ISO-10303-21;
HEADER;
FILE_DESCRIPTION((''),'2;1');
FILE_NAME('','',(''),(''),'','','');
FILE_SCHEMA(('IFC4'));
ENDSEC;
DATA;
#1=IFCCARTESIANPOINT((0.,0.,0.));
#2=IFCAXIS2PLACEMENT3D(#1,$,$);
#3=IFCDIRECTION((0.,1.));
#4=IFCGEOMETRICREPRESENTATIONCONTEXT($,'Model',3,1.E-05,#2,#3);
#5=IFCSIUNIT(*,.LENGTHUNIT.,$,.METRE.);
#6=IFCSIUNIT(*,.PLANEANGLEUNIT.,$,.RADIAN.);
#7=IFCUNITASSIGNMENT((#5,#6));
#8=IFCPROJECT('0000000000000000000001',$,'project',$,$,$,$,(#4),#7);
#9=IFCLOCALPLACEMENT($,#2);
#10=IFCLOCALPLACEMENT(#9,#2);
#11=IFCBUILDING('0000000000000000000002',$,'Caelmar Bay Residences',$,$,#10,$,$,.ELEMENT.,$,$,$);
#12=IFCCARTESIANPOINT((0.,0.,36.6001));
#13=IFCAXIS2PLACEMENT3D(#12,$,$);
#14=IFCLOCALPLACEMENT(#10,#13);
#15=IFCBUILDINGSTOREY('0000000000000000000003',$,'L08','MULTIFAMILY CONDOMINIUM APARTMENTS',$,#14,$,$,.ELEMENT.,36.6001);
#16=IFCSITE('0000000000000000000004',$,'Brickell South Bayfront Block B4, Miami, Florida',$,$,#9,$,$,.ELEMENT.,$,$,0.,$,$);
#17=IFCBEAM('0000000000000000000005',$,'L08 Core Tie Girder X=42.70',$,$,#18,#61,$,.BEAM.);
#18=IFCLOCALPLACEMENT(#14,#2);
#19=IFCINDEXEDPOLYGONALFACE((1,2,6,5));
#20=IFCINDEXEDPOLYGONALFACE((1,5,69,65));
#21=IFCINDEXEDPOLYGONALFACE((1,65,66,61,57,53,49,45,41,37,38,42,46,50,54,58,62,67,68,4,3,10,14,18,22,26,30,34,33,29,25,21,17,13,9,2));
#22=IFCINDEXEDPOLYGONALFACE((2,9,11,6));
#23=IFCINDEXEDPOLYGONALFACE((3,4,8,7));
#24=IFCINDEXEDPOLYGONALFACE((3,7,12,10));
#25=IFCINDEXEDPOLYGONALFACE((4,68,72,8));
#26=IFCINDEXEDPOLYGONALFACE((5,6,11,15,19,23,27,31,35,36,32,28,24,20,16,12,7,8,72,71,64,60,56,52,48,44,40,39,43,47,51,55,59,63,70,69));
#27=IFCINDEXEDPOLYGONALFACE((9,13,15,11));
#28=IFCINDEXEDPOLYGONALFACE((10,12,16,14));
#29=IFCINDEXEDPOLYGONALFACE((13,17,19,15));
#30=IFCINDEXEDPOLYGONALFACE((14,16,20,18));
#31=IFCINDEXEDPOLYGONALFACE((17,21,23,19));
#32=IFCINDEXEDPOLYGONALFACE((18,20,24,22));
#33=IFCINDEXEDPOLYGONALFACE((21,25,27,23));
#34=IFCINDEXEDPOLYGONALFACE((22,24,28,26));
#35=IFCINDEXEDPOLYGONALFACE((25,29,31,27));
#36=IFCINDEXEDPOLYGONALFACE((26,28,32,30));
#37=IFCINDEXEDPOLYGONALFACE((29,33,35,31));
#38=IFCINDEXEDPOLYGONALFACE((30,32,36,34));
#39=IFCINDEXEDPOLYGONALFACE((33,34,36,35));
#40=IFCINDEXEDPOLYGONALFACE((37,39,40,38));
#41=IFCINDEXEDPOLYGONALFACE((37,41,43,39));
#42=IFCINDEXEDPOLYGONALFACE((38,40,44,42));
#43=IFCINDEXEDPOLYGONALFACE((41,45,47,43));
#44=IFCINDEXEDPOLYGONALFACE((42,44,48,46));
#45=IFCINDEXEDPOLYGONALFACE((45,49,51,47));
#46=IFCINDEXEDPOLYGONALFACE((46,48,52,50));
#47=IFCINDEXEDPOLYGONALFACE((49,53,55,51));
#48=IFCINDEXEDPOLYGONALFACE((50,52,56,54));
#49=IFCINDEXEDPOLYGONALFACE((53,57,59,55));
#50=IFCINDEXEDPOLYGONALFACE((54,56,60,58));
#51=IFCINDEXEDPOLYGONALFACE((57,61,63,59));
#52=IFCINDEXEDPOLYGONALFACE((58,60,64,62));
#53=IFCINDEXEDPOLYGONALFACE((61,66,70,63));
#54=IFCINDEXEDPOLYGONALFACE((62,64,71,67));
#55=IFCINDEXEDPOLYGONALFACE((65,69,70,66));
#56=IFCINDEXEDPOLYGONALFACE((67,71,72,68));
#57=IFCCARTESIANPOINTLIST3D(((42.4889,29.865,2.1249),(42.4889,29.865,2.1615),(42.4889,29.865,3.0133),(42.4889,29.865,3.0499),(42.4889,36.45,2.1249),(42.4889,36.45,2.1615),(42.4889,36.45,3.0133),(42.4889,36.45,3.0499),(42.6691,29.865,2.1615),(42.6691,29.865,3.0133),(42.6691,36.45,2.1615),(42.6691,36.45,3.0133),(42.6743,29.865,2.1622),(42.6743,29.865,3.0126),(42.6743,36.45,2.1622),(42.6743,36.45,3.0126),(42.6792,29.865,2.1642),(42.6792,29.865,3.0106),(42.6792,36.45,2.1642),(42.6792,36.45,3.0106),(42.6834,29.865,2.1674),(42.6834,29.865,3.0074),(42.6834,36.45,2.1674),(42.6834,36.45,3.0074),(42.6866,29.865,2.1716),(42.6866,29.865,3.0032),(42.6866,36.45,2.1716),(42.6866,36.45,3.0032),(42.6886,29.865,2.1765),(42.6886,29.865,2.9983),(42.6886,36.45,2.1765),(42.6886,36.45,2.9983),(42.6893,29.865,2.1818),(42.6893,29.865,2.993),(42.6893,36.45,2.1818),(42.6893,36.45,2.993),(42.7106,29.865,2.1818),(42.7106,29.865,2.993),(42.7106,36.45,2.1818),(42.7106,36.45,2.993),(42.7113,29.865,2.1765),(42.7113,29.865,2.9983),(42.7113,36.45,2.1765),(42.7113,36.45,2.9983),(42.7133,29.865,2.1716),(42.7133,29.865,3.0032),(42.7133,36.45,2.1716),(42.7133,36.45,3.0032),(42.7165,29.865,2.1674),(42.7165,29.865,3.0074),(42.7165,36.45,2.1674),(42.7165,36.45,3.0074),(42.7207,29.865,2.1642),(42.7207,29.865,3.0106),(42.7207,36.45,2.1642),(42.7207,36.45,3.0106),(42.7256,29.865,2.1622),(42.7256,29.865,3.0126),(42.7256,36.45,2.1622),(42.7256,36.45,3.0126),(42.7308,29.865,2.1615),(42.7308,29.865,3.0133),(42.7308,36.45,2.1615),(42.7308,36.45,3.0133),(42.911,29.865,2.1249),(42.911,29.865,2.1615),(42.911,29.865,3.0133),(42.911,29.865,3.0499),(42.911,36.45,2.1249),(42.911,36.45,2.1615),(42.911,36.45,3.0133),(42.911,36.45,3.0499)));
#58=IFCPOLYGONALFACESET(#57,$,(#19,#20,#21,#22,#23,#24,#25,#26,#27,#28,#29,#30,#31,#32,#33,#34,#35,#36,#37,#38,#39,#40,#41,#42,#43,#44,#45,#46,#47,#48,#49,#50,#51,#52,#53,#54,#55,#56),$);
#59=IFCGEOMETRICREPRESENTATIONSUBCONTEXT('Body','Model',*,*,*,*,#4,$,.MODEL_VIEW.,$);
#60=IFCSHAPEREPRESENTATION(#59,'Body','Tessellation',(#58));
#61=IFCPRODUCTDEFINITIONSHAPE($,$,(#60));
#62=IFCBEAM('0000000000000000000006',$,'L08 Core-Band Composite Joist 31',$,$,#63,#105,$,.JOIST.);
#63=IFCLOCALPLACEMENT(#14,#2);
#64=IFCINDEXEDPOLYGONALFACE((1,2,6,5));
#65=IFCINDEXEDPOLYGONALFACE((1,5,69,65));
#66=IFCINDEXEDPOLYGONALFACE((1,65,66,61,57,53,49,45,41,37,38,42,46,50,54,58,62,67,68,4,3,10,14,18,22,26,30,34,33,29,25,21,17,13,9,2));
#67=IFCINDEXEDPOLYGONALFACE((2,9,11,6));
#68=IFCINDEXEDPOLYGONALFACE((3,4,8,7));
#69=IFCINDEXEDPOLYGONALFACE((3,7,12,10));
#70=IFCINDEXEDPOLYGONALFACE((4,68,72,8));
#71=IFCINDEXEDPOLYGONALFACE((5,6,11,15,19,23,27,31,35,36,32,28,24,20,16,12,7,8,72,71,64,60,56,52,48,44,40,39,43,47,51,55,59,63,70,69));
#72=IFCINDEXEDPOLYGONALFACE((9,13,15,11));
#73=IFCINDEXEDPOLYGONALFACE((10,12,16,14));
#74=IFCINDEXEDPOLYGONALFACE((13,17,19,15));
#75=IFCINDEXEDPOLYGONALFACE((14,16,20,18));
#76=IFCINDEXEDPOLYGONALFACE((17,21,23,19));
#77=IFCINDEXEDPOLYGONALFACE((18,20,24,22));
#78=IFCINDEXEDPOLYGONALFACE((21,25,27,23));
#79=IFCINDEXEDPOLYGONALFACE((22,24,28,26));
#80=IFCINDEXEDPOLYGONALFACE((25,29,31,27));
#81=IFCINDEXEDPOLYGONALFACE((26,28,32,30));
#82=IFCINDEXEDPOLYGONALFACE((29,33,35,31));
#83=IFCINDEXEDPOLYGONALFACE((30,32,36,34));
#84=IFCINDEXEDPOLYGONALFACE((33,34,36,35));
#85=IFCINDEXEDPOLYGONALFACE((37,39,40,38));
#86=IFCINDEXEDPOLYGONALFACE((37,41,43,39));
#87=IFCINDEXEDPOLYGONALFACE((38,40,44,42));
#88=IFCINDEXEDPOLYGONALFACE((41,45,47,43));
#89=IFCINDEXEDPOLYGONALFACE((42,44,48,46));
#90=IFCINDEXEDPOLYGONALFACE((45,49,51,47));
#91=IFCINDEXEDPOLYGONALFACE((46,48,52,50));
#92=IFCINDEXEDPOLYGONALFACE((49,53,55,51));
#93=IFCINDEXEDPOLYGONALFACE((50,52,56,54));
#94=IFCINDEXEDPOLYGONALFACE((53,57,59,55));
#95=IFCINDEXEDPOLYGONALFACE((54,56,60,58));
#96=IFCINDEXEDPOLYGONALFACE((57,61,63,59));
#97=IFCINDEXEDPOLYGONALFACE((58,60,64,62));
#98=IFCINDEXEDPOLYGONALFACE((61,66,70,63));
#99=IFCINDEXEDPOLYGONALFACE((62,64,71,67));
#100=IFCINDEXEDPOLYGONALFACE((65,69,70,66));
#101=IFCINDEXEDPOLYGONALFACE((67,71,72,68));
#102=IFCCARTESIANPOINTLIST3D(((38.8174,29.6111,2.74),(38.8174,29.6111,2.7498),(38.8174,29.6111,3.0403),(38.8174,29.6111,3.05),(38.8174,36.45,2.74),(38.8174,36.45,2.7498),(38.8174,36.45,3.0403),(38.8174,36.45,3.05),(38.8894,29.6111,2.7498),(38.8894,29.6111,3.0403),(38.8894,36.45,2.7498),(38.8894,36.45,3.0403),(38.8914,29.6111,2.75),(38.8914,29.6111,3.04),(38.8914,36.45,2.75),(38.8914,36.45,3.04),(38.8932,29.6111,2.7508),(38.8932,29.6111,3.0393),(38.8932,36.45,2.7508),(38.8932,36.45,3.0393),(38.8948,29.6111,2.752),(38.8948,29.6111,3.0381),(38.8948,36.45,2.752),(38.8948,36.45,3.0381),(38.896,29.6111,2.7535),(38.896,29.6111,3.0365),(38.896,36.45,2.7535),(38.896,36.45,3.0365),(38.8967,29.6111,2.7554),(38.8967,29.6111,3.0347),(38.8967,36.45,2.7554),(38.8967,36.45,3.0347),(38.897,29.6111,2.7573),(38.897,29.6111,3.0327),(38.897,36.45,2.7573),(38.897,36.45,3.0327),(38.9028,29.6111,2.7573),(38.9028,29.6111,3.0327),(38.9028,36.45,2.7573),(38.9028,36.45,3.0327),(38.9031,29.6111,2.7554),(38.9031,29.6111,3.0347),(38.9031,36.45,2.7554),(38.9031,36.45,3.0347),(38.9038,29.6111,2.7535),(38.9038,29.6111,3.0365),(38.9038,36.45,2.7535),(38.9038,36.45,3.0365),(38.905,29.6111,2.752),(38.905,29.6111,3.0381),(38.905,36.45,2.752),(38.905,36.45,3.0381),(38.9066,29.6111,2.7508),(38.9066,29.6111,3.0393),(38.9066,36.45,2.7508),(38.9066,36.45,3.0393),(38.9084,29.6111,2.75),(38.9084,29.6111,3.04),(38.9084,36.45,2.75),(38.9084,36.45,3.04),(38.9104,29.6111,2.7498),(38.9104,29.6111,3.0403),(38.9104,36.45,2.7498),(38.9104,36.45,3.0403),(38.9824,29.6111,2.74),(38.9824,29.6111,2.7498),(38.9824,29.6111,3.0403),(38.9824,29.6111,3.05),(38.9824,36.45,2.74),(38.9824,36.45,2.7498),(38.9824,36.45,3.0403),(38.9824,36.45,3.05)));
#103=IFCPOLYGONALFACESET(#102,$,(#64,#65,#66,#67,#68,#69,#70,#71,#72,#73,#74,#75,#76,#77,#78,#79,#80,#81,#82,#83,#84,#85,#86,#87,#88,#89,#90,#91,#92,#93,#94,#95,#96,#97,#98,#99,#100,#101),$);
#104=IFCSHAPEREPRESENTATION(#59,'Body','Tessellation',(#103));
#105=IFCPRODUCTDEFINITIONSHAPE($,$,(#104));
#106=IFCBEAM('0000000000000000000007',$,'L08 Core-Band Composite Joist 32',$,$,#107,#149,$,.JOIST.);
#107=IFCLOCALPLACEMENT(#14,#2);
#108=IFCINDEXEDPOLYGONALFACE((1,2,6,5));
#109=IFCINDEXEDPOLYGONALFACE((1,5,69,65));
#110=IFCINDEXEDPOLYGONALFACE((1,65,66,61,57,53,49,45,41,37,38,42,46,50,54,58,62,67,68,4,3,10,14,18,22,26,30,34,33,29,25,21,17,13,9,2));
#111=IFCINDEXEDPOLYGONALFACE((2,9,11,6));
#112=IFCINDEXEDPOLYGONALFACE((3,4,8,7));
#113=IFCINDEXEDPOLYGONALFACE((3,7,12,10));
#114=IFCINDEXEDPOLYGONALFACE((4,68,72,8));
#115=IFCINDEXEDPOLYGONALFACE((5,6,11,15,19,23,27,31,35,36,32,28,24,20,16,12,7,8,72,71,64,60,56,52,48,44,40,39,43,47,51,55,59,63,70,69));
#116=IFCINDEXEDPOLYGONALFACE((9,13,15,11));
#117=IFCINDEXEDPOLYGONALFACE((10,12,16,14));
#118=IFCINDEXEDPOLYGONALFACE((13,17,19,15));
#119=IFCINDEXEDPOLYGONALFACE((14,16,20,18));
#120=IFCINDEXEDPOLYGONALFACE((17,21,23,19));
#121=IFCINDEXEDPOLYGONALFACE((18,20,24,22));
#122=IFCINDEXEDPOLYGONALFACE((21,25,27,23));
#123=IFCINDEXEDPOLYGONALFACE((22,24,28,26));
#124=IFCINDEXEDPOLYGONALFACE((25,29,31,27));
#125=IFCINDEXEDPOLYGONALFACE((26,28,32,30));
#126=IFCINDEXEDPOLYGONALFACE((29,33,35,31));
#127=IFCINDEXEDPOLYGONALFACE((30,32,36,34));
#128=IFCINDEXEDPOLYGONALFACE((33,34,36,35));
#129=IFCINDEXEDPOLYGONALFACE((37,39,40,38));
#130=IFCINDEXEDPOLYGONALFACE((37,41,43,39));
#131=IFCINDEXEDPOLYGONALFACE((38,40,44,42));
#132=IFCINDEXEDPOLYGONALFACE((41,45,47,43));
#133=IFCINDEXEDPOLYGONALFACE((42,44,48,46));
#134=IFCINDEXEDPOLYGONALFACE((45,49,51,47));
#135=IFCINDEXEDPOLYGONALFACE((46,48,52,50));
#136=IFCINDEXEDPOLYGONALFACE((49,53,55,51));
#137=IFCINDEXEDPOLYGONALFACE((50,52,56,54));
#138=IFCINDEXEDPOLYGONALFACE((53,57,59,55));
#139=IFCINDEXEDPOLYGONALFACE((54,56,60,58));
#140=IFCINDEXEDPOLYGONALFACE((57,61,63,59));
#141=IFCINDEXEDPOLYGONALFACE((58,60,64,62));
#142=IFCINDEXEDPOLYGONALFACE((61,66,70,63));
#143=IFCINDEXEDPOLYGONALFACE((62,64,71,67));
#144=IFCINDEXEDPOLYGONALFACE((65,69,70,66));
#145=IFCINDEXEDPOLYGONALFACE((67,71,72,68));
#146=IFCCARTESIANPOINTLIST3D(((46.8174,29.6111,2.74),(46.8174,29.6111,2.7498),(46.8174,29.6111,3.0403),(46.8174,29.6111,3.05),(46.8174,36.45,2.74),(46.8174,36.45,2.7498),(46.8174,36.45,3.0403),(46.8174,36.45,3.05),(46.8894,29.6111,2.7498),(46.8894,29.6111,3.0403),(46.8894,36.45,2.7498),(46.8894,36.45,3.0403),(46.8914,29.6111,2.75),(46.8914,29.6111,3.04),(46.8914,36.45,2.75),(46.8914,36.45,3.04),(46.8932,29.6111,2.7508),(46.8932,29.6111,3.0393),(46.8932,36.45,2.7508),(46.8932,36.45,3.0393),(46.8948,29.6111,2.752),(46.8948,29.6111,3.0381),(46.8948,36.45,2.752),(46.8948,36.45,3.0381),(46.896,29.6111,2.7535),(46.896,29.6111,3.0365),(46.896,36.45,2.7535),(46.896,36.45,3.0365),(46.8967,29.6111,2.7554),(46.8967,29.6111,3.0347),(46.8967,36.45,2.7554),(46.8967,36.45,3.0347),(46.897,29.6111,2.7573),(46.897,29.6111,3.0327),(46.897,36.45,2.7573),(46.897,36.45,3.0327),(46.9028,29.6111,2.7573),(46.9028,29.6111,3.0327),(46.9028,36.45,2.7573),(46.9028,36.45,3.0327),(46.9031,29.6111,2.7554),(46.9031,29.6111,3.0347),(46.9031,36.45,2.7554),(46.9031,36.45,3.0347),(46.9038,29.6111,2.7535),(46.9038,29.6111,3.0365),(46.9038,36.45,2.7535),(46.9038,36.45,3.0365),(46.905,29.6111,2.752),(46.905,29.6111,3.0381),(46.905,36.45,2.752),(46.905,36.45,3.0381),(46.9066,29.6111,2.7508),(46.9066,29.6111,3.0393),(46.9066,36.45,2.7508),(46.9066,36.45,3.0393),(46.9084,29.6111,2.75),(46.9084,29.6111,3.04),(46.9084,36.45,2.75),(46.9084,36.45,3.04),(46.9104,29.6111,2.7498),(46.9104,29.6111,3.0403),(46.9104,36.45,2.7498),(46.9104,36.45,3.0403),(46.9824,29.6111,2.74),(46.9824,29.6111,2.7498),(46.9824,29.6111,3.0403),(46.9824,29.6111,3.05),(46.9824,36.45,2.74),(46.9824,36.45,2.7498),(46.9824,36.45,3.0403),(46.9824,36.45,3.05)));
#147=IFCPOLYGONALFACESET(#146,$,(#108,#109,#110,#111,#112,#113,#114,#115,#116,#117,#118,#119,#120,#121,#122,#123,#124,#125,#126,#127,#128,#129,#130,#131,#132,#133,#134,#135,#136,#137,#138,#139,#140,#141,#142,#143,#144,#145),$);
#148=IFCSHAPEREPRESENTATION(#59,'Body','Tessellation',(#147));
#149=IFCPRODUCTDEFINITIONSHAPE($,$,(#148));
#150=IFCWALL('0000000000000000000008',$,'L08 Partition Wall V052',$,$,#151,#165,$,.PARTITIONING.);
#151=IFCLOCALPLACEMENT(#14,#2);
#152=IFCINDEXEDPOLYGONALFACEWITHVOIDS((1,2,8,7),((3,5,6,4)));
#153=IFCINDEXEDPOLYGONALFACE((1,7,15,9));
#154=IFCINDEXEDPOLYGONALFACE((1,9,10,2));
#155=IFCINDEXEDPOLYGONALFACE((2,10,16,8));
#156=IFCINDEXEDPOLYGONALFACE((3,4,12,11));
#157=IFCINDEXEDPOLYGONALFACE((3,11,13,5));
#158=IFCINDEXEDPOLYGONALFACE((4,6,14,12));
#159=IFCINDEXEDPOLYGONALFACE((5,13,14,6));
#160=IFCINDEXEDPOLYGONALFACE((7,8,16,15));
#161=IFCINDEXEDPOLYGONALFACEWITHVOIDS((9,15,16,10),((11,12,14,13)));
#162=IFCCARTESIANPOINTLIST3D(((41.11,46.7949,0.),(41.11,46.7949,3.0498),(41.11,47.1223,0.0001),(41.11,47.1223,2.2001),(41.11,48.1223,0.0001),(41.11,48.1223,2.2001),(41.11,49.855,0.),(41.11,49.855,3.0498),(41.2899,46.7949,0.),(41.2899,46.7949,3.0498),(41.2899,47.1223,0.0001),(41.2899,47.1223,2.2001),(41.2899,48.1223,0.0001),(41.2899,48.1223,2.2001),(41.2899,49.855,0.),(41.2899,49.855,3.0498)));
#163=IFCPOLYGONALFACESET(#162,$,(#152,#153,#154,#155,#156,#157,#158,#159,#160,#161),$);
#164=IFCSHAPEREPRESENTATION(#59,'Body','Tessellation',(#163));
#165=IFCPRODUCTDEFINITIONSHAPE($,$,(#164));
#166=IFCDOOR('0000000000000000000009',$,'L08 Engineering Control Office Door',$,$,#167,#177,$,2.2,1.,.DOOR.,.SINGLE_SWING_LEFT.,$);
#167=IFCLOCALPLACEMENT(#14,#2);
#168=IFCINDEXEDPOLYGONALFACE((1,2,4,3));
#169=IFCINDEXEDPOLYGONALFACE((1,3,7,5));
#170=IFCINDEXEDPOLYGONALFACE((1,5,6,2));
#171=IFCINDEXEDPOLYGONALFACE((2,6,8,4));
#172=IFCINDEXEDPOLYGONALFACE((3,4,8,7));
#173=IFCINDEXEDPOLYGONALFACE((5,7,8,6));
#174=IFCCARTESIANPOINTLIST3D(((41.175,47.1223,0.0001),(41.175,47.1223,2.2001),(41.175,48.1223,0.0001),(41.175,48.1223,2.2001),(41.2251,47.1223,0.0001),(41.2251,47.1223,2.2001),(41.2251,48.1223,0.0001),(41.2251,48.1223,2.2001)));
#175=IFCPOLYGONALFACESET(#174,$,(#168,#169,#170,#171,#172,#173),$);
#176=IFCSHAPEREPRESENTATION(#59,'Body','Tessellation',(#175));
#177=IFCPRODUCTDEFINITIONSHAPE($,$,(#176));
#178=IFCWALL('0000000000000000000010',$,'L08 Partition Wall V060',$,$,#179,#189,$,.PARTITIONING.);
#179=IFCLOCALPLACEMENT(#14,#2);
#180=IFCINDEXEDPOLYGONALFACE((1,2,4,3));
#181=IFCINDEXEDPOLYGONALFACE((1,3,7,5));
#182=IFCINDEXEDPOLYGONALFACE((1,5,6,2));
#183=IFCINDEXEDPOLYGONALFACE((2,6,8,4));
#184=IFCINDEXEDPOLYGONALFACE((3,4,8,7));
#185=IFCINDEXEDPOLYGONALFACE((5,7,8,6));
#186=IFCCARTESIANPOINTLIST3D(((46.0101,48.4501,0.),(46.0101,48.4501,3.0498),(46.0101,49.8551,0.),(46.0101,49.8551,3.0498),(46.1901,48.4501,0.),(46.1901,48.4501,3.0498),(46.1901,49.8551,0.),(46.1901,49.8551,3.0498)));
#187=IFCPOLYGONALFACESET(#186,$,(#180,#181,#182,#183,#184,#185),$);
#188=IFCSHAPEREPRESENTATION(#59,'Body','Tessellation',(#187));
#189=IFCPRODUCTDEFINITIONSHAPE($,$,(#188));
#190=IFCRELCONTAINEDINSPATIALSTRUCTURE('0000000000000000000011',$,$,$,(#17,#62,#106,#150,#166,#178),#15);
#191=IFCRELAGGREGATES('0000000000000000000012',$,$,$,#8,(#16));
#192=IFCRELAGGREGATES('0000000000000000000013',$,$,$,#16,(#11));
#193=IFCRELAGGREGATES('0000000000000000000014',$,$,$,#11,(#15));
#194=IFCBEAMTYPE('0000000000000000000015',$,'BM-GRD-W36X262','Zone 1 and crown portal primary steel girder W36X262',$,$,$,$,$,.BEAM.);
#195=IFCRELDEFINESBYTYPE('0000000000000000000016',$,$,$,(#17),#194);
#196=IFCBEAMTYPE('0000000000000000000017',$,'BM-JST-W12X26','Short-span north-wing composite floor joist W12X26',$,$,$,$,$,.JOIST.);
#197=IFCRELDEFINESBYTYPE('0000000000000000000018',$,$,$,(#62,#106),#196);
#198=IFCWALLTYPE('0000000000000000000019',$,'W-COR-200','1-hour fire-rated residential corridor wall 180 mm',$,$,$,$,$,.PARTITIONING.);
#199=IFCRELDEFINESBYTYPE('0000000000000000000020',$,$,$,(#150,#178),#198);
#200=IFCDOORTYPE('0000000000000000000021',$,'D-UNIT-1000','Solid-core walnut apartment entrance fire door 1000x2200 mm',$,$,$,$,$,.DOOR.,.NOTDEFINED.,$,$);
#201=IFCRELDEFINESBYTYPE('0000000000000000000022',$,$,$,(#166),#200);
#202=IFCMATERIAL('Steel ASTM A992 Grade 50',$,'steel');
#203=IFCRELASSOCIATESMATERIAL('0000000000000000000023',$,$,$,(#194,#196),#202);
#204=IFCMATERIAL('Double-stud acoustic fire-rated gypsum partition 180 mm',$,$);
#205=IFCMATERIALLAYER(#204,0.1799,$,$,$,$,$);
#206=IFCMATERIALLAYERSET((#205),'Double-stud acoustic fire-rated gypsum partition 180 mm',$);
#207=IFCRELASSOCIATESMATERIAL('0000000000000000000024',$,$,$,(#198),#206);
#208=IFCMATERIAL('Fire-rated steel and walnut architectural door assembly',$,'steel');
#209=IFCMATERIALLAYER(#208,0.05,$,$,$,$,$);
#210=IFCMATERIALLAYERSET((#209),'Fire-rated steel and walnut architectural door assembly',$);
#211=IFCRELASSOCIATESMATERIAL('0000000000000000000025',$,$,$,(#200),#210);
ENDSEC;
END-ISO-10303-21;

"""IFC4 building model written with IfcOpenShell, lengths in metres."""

from ifc_helpers import new_model, si_unit, direction, frame, frame_2d, origin, origin_2d, place, context, subcontext, project, spatial, rectangle, i_section, extrude, material, layer, layer_set, material_profile, profile_set, type_object, element, fill, save


model = new_model("IFC4")

# Units and contexts
model_context = context("Model", 3, precision=1e-05, world=origin(), true_north=direction((0.0, 1.0)))
body_context = subcontext(model_context, "Body", "Model", "MODEL_VIEW")
ifc_project = project(units=[si_unit("LENGTHUNIT", "METRE"), si_unit("PLANEANGLEUNIT", "RADIAN")], contexts=[model_context])

# Site, building, storey
site_placement = place(None, origin())
site = spatial("IfcSite", under=ifc_project, at=site_placement, Name="Brickell South Bayfront Block B4, Miami, Florida", CompositionType="ELEMENT", RefElevation=0.0)
building_placement = place(site_placement, origin())
building = spatial("IfcBuilding", under=site, at=building_placement, Name="Caelmar Bay Residences", CompositionType="ELEMENT")
storey_placement = place(building_placement, frame((0.0, 0.0, 36.6001)))
storey = spatial("IfcBuildingStorey", under=building, at=storey_placement, Name="L08", Description="MULTIFAMILY CONDOMINIUM APARTMENTS", CompositionType="ELEMENT", Elevation=36.6001)

# Beams
ifc_material_1 = material(Name="Steel ASTM A992 Grade 50", Category="steel")
ifc_material_profile_1 = material_profile(ifc_material_1, i_section(OverallWidth=0.4221, OverallDepth=0.925, WebThickness=0.0212, FlangeThickness=0.0366, FilletRadius=0.0203, at=origin_2d()), Name="W36X262")
ifc_profile_set_1 = profile_set([ifc_material_profile_1], Name="Steel ASTM A992 Grade 50")
beam_type_1 = type_object("IfcBeamType", Name="BM-GRD-W36X262", Description="Zone 1 and crown portal primary steel girder W36X262", PredefinedType="BEAM", material=ifc_profile_set_1)
beam_placement = place(storey_placement, frame((42.7, 29.865, 2.5874), z_axis=(0.0, 1.0, 0.0), x_axis=(-1.0, 0.0, 0.0)))
element("IfcBeam", 1, at=beam_placement, inside=storey, type_object=beam_type_1, Name="L08 Core Tie Girder X=42.70", PredefinedType="BEAM", context=body_context, shape_type="SweptSolid", body=[
    extrude(i_section(OverallWidth=0.4221, OverallDepth=0.925, WebThickness=0.0212, FlangeThickness=0.0366, FilletRadius=0.0203, at=origin_2d()), origin(), (0.0, 0.0, 1.0), 6.585),
])
ifc_material_profile_2 = material_profile(ifc_material_1, i_section(OverallWidth=0.165, OverallDepth=0.3101, WebThickness=0.0059, FlangeThickness=0.0098, FilletRadius=0.0076, at=origin_2d()), Name="W12X26")
ifc_profile_set_2 = profile_set([ifc_material_profile_2], Name="Steel ASTM A992 Grade 50")
beam_type_2 = type_object("IfcBeamType", Name="BM-JST-W12X26", Description="Short-span north-wing composite floor joist W12X26", PredefinedType="JOIST", material=ifc_profile_set_2)
for number, where, z_axis, x_axis, name in (
    (2, (38.8999, 29.6111, 2.895), (0.0, 1.0, 0.0), (-1.0, 0.0, 0.0), "L08 Core-Band Composite Joist 31"),
    (3, (46.8999, 29.6111, 2.895), (0.0, 1.0, 0.0), (-1.0, 0.0, 0.0), "L08 Core-Band Composite Joist 32"),
):
    element("IfcBeam", number, at=place(storey_placement, frame(where, z_axis=z_axis, x_axis=x_axis)), inside=storey, type_object=beam_type_2, Name=name, PredefinedType="JOIST", context=body_context, shape_type="SweptSolid", body=[
        extrude(i_section(OverallWidth=0.165, OverallDepth=0.3101, WebThickness=0.0059, FlangeThickness=0.0098, FilletRadius=0.0076, at=origin_2d()), origin(), (0.0, 0.0, 1.0), 6.8389),
    ])

# Wall, opening, door
ifc_material_2 = material(Name="Double-stud acoustic fire-rated gypsum partition 180 mm")
ifc_layer_1 = layer(ifc_material_2, 0.1799)
ifc_layer_set_1 = layer_set([ifc_layer_1], Name="Double-stud acoustic fire-rated gypsum partition 180 mm")
wall_type_1 = type_object("IfcWallType", Name="W-COR-200", Description="1-hour fire-rated residential corridor wall 180 mm", PredefinedType="PARTITIONING", material=ifc_layer_set_1)
wall_1_placement = place(storey_placement, frame((41.2, 46.7949, 0.0), z_axis=(0.0, 0.0, 1.0), x_axis=(0.0, 1.0, 0.0)))
wall_1 = element("IfcWall", 4, at=wall_1_placement, inside=storey, type_object=wall_type_1, Name="L08 Partition Wall V052", PredefinedType="PARTITIONING", context=body_context, shape_type="SweptSolid", body=[
    extrude(rectangle(XDim=3.0601, YDim=0.1799, at=frame_2d((1.53, 0.0))), origin(), (0.0, 0.0, 1.0), 3.0498),
])
opening_1_placement = place(wall_1_placement, frame((0.3274, 0.0, 0.0)))
opening_1 = element("IfcOpeningElement", 5, at=opening_1_placement, cuts=wall_1, PredefinedType="OPENING", context=body_context, shape_type="SweptSolid", body=[
    extrude(rectangle(XDim=1.0, YDim=2.2, at=frame_2d((0.5, 1.1001))), frame((0.0, 0.0999, 0.0), z_axis=(0.0, -1.0, 0.0), x_axis=(1.0, 0.0, 0.0)), (0.0, 0.0, 1.0), 0.2),
])
ifc_material_3 = material(Name="Fire-rated steel and walnut architectural door assembly", Category="steel")
ifc_layer_2 = layer(ifc_material_3, 0.05)
ifc_layer_set_2 = layer_set([ifc_layer_2], Name="Fire-rated steel and walnut architectural door assembly")
door_type_1 = type_object("IfcDoorType", Name="D-UNIT-1000", Description="Solid-core walnut apartment entrance fire door 1000x2200 mm", OperationType="NOTDEFINED", PredefinedType="DOOR", material=ifc_layer_set_2)
door_1_placement = place(opening_1_placement, origin())
door_1 = element("IfcDoor", 6, at=door_1_placement, inside=storey, type_object=door_type_1, Name="L08 Engineering Control Office Door", OperationType="SINGLE_SWING_LEFT", OverallHeight=2.2, OverallWidth=1.0, PredefinedType="DOOR", context=body_context, shape_type="SweptSolid", body=[
    extrude(rectangle(XDim=1.0, YDim=2.2, at=frame_2d((0.5, 1.1001))), frame((0.0, 0.0249, 0.0), z_axis=(0.0, -1.0, 0.0), x_axis=(1.0, 0.0, 0.0)), (0.0, 0.0, 1.0), 0.05),
])
fill(opening_1, door_1)

# Wall
for number, where, z_axis, x_axis, name in (
    (7, (46.1001, 48.45, 0.0), (0.0, 0.0, 1.0), (0.0, 1.0, 0.0), "L08 Partition Wall V060"),
):
    element("IfcWall", number, at=place(storey_placement, frame(where, z_axis=z_axis, x_axis=x_axis)), inside=storey, type_object=wall_type_1, Name=name, PredefinedType="PARTITIONING", context=body_context, shape_type="SweptSolid", body=[
        extrude(rectangle(XDim=1.405, YDim=0.1799, at=frame_2d((0.7026, 0.0))), origin(), (0.0, 0.0, 1.0), 3.0498),
    ])

save(model, "model.ifc")
